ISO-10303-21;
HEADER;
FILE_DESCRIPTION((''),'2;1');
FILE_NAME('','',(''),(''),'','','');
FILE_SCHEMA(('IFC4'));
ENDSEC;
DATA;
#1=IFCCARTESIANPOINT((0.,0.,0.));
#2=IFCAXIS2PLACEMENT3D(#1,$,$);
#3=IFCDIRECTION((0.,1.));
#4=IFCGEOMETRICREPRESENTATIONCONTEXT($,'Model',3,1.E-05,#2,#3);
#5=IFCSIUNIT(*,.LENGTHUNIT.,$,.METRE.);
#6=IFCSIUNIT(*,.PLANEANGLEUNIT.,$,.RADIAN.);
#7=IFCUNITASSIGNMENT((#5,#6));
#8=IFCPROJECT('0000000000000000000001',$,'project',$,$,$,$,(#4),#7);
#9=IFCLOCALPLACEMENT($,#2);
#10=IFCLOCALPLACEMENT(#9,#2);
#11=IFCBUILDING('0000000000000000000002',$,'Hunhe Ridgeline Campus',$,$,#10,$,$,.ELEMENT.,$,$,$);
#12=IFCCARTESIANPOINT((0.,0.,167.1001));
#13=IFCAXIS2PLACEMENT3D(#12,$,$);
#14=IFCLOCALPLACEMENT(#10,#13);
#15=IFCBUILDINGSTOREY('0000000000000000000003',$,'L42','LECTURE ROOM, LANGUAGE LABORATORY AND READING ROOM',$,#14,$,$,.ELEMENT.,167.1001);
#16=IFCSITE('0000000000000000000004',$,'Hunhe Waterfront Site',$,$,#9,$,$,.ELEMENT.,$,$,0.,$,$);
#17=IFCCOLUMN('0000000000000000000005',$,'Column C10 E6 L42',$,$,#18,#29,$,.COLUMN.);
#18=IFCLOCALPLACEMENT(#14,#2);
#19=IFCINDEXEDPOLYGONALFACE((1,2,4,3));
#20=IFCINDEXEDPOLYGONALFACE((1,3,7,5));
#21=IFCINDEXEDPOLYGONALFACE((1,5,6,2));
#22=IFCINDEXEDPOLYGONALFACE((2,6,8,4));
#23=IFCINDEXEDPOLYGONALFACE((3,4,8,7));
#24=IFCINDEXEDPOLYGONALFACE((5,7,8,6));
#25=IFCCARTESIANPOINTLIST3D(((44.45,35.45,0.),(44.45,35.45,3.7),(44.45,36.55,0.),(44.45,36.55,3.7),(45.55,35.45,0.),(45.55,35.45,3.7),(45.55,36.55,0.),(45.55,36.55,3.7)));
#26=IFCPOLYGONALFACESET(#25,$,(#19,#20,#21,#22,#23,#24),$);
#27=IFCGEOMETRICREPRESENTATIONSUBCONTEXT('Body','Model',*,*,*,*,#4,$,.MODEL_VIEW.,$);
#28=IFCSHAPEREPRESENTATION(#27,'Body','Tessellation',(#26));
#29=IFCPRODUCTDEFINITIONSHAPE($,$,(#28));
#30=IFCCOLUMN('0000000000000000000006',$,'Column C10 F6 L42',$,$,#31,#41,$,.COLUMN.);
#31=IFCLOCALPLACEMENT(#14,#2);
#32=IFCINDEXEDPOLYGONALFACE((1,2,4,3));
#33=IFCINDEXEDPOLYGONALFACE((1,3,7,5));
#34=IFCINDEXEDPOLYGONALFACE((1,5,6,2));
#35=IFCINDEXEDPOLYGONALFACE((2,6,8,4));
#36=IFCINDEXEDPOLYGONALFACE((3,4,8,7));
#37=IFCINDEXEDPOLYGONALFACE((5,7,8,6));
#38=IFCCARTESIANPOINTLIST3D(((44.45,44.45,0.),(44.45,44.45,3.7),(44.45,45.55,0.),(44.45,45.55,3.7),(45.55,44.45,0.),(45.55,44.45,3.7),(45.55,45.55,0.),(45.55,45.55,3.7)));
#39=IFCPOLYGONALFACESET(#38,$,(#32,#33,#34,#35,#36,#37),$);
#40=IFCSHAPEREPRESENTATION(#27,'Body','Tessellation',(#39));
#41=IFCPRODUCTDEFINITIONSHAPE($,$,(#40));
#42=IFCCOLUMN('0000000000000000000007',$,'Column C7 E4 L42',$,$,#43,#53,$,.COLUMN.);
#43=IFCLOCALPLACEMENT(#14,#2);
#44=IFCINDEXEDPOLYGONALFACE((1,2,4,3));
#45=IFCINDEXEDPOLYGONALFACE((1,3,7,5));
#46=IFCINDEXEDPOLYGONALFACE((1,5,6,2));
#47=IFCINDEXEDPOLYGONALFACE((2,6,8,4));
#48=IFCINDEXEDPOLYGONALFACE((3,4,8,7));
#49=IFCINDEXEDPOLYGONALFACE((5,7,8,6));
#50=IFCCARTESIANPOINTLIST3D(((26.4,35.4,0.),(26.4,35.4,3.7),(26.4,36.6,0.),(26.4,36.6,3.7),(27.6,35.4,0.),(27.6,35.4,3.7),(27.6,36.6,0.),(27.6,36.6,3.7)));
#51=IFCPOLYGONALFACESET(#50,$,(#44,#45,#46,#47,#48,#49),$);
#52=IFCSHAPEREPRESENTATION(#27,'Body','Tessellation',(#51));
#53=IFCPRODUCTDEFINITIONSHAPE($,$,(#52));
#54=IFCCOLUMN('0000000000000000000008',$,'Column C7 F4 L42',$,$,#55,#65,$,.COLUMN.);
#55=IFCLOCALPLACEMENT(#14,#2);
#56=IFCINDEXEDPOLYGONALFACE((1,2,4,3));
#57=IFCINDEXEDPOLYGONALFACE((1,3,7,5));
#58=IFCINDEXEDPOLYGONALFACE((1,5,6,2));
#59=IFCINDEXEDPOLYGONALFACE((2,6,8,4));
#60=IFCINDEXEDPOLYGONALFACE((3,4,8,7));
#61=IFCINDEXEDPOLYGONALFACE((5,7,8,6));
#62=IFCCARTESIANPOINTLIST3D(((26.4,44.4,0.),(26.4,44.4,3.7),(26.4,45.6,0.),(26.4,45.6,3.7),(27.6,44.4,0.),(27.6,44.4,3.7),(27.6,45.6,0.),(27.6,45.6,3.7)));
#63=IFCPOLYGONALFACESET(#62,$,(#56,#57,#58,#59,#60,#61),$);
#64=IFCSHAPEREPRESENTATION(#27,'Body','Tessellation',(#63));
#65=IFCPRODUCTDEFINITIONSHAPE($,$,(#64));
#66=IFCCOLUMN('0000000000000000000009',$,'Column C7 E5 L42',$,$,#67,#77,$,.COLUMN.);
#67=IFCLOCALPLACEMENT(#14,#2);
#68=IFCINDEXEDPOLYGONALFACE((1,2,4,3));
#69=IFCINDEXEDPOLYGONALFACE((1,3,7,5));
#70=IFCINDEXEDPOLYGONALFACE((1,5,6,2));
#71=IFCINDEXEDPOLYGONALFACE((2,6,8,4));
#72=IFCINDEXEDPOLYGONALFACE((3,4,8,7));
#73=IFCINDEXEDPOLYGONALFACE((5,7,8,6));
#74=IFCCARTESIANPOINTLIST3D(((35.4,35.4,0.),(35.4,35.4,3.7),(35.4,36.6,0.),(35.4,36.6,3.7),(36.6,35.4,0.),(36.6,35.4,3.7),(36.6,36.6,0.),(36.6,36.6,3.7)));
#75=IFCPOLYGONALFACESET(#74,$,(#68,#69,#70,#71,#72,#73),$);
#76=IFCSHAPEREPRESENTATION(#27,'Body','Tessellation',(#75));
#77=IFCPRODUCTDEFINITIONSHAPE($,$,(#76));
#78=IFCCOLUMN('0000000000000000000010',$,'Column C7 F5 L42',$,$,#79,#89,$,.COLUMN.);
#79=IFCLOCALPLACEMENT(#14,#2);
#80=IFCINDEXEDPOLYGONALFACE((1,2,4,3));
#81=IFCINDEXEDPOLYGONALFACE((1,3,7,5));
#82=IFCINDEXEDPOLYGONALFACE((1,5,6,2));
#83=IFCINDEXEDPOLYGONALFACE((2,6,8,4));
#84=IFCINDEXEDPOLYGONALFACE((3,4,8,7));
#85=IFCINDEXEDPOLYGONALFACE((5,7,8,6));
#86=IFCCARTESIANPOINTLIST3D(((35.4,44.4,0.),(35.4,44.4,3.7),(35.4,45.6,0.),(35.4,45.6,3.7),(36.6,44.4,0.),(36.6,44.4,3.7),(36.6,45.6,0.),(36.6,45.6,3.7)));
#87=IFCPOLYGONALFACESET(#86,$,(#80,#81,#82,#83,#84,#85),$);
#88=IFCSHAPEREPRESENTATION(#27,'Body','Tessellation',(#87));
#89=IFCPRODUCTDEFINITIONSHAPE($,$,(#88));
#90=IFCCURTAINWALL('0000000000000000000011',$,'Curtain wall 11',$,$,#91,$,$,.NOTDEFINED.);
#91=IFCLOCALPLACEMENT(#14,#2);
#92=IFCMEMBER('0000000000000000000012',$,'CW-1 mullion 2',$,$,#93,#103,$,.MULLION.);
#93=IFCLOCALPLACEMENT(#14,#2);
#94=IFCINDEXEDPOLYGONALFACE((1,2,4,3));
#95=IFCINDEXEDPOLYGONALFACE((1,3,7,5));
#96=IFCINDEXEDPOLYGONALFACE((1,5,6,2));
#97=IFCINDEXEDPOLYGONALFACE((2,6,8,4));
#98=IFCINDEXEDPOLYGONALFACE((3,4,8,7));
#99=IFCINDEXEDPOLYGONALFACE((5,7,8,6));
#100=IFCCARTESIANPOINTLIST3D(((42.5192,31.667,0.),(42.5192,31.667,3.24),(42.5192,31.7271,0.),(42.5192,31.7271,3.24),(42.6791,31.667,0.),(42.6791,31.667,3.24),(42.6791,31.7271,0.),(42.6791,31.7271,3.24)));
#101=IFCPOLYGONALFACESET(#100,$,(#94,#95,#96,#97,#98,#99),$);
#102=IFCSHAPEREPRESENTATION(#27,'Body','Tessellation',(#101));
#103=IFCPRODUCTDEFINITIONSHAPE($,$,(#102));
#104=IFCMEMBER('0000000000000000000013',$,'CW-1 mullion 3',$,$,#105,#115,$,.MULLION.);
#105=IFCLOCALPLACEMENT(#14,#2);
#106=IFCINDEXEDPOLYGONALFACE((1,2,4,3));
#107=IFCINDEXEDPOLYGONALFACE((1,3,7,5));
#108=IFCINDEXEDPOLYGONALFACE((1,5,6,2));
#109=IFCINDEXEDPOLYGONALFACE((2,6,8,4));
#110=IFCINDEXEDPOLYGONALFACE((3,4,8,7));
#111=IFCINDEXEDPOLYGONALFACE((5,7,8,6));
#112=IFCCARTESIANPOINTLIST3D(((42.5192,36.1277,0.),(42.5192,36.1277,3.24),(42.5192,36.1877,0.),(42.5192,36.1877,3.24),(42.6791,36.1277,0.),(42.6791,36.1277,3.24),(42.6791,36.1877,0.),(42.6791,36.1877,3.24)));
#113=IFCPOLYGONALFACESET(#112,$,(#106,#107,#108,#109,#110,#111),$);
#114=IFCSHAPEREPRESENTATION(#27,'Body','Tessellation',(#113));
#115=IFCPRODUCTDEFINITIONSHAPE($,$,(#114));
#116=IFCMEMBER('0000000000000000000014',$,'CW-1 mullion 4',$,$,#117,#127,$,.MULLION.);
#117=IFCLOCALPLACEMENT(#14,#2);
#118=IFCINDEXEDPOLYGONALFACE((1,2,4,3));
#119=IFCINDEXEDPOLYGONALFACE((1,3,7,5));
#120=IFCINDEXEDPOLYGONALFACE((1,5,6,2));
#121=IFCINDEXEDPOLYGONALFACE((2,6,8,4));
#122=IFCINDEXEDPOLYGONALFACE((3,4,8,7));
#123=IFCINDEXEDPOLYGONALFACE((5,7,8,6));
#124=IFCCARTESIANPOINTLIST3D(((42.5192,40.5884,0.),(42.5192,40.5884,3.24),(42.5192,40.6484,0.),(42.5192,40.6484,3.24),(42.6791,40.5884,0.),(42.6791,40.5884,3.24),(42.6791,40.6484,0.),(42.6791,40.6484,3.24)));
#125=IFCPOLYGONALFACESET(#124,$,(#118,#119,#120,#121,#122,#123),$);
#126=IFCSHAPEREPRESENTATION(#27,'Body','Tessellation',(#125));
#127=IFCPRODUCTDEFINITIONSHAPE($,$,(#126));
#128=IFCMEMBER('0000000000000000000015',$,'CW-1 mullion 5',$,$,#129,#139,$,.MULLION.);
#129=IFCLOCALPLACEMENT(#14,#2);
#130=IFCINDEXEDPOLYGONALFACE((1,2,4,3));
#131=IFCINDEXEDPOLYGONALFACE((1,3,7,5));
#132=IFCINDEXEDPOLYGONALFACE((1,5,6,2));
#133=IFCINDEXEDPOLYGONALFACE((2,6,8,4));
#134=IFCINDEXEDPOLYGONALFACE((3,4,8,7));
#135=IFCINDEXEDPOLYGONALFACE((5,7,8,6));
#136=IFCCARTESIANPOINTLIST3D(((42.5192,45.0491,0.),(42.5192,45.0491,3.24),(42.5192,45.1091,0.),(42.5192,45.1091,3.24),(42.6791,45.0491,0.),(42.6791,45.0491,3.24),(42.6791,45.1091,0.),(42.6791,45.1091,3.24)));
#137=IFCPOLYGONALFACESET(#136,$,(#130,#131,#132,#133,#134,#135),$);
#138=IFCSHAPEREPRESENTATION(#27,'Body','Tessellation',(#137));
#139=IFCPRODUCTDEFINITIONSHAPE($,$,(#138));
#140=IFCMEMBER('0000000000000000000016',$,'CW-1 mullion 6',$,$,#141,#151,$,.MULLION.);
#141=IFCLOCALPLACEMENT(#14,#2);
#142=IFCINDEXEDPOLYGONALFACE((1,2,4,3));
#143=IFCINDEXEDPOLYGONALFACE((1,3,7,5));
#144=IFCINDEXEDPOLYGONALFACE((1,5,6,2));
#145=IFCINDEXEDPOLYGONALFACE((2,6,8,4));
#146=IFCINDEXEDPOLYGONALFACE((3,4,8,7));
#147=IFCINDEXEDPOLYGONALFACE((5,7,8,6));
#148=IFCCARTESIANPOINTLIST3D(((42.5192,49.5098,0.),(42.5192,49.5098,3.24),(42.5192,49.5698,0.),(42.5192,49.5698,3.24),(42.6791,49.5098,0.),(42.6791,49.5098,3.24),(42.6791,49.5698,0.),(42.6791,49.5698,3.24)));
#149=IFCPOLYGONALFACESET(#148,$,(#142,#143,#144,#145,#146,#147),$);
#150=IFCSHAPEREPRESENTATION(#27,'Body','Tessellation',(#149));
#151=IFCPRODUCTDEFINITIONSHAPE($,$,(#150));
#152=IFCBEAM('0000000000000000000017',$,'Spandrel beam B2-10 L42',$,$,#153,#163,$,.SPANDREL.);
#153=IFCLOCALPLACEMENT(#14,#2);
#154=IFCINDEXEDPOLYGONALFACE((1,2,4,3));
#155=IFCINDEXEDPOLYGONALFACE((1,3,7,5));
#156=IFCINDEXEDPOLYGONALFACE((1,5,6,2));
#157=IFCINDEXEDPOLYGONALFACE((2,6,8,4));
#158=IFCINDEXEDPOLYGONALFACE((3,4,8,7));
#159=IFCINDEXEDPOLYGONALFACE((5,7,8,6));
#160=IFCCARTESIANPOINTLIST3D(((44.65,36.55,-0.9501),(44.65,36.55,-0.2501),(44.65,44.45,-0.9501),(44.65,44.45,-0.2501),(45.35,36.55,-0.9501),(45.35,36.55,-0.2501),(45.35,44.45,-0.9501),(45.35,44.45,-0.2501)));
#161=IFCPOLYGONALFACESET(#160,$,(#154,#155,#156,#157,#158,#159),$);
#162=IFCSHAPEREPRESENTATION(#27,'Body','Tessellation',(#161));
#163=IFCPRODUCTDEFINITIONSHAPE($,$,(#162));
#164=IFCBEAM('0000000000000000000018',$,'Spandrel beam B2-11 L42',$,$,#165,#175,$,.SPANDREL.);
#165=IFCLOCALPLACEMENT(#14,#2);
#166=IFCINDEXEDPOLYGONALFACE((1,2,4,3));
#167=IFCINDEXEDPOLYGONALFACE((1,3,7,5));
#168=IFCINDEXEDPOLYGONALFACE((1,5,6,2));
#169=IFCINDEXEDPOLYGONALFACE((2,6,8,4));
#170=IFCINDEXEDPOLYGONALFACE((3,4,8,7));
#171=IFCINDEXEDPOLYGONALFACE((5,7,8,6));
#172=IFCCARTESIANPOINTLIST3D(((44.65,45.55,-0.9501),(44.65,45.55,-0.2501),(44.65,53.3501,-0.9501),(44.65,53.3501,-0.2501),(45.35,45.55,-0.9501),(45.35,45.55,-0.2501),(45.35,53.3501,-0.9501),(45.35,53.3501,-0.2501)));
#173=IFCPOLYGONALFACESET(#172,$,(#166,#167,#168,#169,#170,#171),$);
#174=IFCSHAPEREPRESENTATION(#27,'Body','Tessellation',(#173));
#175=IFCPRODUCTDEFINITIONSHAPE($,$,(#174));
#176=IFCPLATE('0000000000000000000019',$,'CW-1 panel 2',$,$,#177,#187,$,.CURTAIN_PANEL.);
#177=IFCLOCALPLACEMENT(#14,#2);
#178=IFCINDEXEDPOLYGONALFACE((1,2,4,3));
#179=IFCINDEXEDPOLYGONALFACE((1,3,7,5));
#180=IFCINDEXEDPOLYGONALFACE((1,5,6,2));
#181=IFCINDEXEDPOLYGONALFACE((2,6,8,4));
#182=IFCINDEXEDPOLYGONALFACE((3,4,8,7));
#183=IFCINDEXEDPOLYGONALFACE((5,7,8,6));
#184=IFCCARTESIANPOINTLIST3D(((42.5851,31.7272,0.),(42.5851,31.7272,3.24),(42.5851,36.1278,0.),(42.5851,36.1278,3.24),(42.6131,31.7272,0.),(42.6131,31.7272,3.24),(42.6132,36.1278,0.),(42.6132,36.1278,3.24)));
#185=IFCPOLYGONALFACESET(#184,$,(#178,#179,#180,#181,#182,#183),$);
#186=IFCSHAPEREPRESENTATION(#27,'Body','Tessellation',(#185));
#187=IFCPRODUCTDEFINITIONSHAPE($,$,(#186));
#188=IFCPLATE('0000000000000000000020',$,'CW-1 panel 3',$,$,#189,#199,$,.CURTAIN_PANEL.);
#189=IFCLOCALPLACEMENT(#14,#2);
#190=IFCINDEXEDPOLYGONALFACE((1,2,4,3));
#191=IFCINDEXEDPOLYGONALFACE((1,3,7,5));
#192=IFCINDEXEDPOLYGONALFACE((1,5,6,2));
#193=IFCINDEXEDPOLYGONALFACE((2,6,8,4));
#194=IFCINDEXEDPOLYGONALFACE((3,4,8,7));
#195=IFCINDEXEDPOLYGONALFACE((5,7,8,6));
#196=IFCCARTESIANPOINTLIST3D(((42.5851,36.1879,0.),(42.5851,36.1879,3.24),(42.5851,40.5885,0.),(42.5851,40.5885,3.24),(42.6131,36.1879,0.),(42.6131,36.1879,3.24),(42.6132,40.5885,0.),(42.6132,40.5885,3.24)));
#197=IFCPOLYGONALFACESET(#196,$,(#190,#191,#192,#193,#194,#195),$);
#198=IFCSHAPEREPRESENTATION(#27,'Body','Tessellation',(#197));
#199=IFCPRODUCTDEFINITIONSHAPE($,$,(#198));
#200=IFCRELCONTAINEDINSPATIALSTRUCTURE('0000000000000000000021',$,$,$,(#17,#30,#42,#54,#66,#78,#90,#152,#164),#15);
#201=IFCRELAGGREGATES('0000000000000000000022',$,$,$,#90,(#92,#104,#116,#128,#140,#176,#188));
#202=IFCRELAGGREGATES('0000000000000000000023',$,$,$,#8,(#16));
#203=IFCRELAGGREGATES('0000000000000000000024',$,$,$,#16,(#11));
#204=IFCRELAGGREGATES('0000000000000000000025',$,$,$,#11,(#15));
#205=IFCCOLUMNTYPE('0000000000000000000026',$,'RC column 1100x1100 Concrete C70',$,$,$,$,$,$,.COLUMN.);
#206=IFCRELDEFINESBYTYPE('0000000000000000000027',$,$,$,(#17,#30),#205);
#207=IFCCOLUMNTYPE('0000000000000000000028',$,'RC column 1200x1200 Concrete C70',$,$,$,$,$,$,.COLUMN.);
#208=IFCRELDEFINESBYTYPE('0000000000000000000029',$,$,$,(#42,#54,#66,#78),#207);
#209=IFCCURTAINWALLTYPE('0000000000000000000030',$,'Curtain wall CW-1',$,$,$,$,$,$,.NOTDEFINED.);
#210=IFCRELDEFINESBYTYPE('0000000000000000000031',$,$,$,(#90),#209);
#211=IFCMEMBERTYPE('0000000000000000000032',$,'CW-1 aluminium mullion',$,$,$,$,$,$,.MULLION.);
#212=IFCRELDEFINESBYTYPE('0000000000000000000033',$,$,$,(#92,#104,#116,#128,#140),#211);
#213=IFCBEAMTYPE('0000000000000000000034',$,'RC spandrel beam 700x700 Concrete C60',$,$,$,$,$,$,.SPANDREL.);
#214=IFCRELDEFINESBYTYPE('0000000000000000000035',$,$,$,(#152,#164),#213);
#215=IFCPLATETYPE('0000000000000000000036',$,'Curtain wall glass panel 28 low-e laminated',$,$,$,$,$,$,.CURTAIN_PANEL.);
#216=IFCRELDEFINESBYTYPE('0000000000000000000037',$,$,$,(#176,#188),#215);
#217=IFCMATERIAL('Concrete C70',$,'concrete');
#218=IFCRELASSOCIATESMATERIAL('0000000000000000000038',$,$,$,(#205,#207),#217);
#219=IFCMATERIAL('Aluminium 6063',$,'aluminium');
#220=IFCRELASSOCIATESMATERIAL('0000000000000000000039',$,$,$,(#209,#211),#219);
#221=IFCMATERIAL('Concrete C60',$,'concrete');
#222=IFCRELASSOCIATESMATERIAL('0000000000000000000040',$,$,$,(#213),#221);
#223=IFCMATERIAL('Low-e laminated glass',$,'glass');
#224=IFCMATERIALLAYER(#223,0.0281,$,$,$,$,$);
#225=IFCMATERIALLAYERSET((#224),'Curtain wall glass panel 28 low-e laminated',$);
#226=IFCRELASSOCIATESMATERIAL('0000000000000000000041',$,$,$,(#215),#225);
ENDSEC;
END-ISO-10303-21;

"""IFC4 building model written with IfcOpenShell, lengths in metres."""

from ifc_helpers import new_model, si_unit, direction, frame, origin, origin_2d, place, context, subcontext, project, spatial, rectangle, extrude, material, layer, layer_set, material_profile, profile_set, type_object, element, aggregate, save


model = new_model("IFC4")

# Units and contexts
model_context = context("Model", 3, precision=1e-05, world=origin(), true_north=direction((0.0, 1.0)))
body_context = subcontext(model_context, "Body", "Model", "MODEL_VIEW")
ifc_project = project(units=[si_unit("LENGTHUNIT", "METRE"), si_unit("PLANEANGLEUNIT", "RADIAN")], contexts=[model_context])

# Site, building, storey
site_placement = place(None, origin())
site = spatial("IfcSite", under=ifc_project, at=site_placement, Name="Hunhe Waterfront Site", CompositionType="ELEMENT", RefElevation=0.0)
building_placement = place(site_placement, origin())
building = spatial("IfcBuilding", under=site, at=building_placement, Name="Hunhe Ridgeline Campus", CompositionType="ELEMENT")
storey_placement = place(building_placement, frame((0.0, 0.0, 167.1001)))
storey = spatial("IfcBuildingStorey", under=building, at=storey_placement, Name="L42", Description="LECTURE ROOM, LANGUAGE LABORATORY AND READING ROOM", CompositionType="ELEMENT", Elevation=167.1001)

# Columns
ifc_material_1 = material(Name="Concrete C70", Category="concrete")
ifc_material_profile_1 = material_profile(ifc_material_1, rectangle(XDim=1.1001, YDim=1.1001, at=origin_2d()))
ifc_profile_set_1 = profile_set([ifc_material_profile_1], Name="Concrete C70")
column_type_1 = type_object("IfcColumnType", Name="RC column 1100x1100 Concrete C70", PredefinedType="COLUMN", material=ifc_profile_set_1)
for number, where, z_axis, x_axis, name in (
    (1, (45.0, 36.0, 0.0), (0.0, 0.0, 1.0), (1.0, 0.0, 0.0), "Column C10 E6 L42"),
    (2, (45.0, 45.0, 0.0), (0.0, 0.0, 1.0), (1.0, 0.0, 0.0), "Column C10 F6 L42"),
):
    element("IfcColumn", number, at=place(storey_placement, frame(where, z_axis=z_axis, x_axis=x_axis)), inside=storey, type_object=column_type_1, Name=name, PredefinedType="COLUMN", context=body_context, shape_type="SweptSolid", body=[
        extrude(rectangle(XDim=1.1001, YDim=1.1001, at=origin_2d()), origin(), (0.0, 0.0, 1.0), 3.7),
    ])
ifc_material_profile_2 = material_profile(ifc_material_1, rectangle(XDim=1.2, YDim=1.2, at=origin_2d()))
ifc_profile_set_2 = profile_set([ifc_material_profile_2], Name="Concrete C70")
column_type_2 = type_object("IfcColumnType", Name="RC column 1200x1200 Concrete C70", PredefinedType="COLUMN", material=ifc_profile_set_2)
for number, where, z_axis, x_axis, name in (
    (3, (27.0, 36.0, 0.0), (0.0, 0.0, 1.0), (1.0, 0.0, 0.0), "Column C7 E4 L42"),
    (4, (27.0, 45.0, 0.0), (0.0, 0.0, 1.0), (1.0, 0.0, 0.0), "Column C7 F4 L42"),
    (5, (36.0, 36.0, 0.0), (0.0, 0.0, 1.0), (1.0, 0.0, 0.0), "Column C7 E5 L42"),
    (6, (36.0, 45.0, 0.0), (0.0, 0.0, 1.0), (1.0, 0.0, 0.0), "Column C7 F5 L42"),
):
    element("IfcColumn", number, at=place(storey_placement, frame(where, z_axis=z_axis, x_axis=x_axis)), inside=storey, type_object=column_type_2, Name=name, PredefinedType="COLUMN", context=body_context, shape_type="SweptSolid", body=[
        extrude(rectangle(XDim=1.2, YDim=1.2, at=origin_2d()), origin(), (0.0, 0.0, 1.0), 3.7),
    ])

# Curtain wall, members
ifc_material_2 = material(Name="Aluminium 6063", Category="aluminium")
curtain_wall_type = type_object("IfcCurtainWallType", Name="Curtain wall CW-1", PredefinedType="NOTDEFINED", material=ifc_material_2)
curtain_wall_placement = place(storey_placement, origin())
curtain_wall = element("IfcCurtainWall", 7, at=curtain_wall_placement, inside=storey, type_object=curtain_wall_type, Name="Curtain wall 11", PredefinedType="NOTDEFINED")
ifc_material_profile_3 = material_profile(ifc_material_2, rectangle(XDim=0.1599, YDim=0.0601, at=origin_2d()))
ifc_profile_set_3 = profile_set([ifc_material_profile_3], Name="Aluminium 6063")
member_type = type_object("IfcMemberType", Name="CW-1 aluminium mullion", PredefinedType="MULLION", material=ifc_profile_set_3)
member_1_placement = place(storey_placement, frame((42.5991, 31.697, 0.0), z_axis=(0.0, 0.0, 1.0), x_axis=(-1.0, 0.000004, 0.0)))
member_1 = element("IfcMember", 8, at=member_1_placement, type_object=member_type, Name="CW-1 mullion 2", PredefinedType="MULLION", context=body_context, shape_type="SweptSolid", body=[
    extrude(rectangle(XDim=0.1599, YDim=0.0601, at=origin_2d()), origin(), (0.0, 0.0, 1.0), 3.24),
])
member_2_placement = place(storey_placement, frame((42.5991, 36.1577, 0.0), z_axis=(0.0, 0.0, 1.0), x_axis=(-1.0, 0.000004, 0.0)))
member_2 = element("IfcMember", 9, at=member_2_placement, type_object=member_type, Name="CW-1 mullion 3", PredefinedType="MULLION", context=body_context, shape_type="SweptSolid", body=[
    extrude(rectangle(XDim=0.1599, YDim=0.0601, at=origin_2d()), origin(), (0.0, 0.0, 1.0), 3.24),
])
member_3_placement = place(storey_placement, frame((42.5991, 40.6184, 0.0), z_axis=(0.0, 0.0, 1.0), x_axis=(-1.0, 0.000004, 0.0)))
member_3 = element("IfcMember", 10, at=member_3_placement, type_object=member_type, Name="CW-1 mullion 4", PredefinedType="MULLION", context=body_context, shape_type="SweptSolid", body=[
    extrude(rectangle(XDim=0.1599, YDim=0.0601, at=origin_2d()), origin(), (0.0, 0.0, 1.0), 3.24),
])
member_4_placement = place(storey_placement, frame((42.5991, 45.0791, 0.0), z_axis=(0.0, 0.0, 1.0), x_axis=(-1.0, 0.000004, 0.0)))
member_4 = element("IfcMember", 11, at=member_4_placement, type_object=member_type, Name="CW-1 mullion 5", PredefinedType="MULLION", context=body_context, shape_type="SweptSolid", body=[
    extrude(rectangle(XDim=0.1599, YDim=0.0601, at=origin_2d()), origin(), (0.0, 0.0, 1.0), 3.24),
])
member_5_placement = place(storey_placement, frame((42.5991, 49.5398, 0.0), z_axis=(0.0, 0.0, 1.0), x_axis=(-1.0, 0.000004, 0.0)))
member_5 = element("IfcMember", 12, at=member_5_placement, type_object=member_type, Name="CW-1 mullion 6", PredefinedType="MULLION", context=body_context, shape_type="SweptSolid", body=[
    extrude(rectangle(XDim=0.1599, YDim=0.0601, at=origin_2d()), origin(), (0.0, 0.0, 1.0), 3.24),
])

# Beams
ifc_material_3 = material(Name="Concrete C60", Category="concrete")
ifc_material_profile_4 = material_profile(ifc_material_3, rectangle(XDim=0.7, YDim=0.7, at=origin_2d()))
ifc_profile_set_4 = profile_set([ifc_material_profile_4], Name="Concrete C60")
beam_type = type_object("IfcBeamType", Name="RC spandrel beam 700x700 Concrete C60", PredefinedType="SPANDREL", material=ifc_profile_set_4)
beam_1_placement = place(storey_placement, frame((45.0, 36.55, -0.6001), z_axis=(0.0, 1.0, 0.0), x_axis=(-1.0, 0.0, 0.0)))
element("IfcBeam", 13, at=beam_1_placement, inside=storey, type_object=beam_type, Name="Spandrel beam B2-10 L42", PredefinedType="SPANDREL", context=body_context, shape_type="SweptSolid", body=[
    extrude(rectangle(XDim=0.7, YDim=0.7, at=origin_2d()), origin(), (0.0, 0.0, 1.0), 7.8999),
])
beam_2_placement = place(storey_placement, frame((45.0, 45.55, -0.6001), z_axis=(0.0, 1.0, 0.0), x_axis=(-1.0, 0.0, 0.0)))
element("IfcBeam", 14, at=beam_2_placement, inside=storey, type_object=beam_type, Name="Spandrel beam B2-11 L42", PredefinedType="SPANDREL", context=body_context, shape_type="SweptSolid", body=[
    extrude(rectangle(XDim=0.7, YDim=0.7, at=origin_2d()), origin(), (0.0, 0.0, 1.0), 7.8),
])

# Plates
ifc_material_4 = material(Name="Low-e laminated glass", Category="glass")
ifc_layer_1 = layer(ifc_material_4, 0.0281)
ifc_layer_set_1 = layer_set([ifc_layer_1], Name="Curtain wall glass panel 28 low-e laminated")
plate_type = type_object("IfcPlateType", Name="Curtain wall glass panel 28 low-e laminated", PredefinedType="CURTAIN_PANEL", material=ifc_layer_set_1)
plate_1_placement = place(storey_placement, frame((42.5991, 33.9275, 0.0), z_axis=(0.0, 0.0, 1.0), x_axis=(0.000004, 1.0, 0.0)))
plate_1 = element("IfcPlate", 15, at=plate_1_placement, type_object=plate_type, Name="CW-1 panel 2", PredefinedType="CURTAIN_PANEL", context=body_context, shape_type="SweptSolid", body=[
    extrude(rectangle(XDim=4.4006, YDim=0.0281, at=origin_2d()), origin(), (0.0, 0.0, 1.0), 3.24),
])
plate_2_placement = place(storey_placement, frame((42.5991, 38.3882, 0.0), z_axis=(0.0, 0.0, 1.0), x_axis=(0.000004, 1.0, 0.0)))
plate_2 = element("IfcPlate", 16, at=plate_2_placement, type_object=plate_type, Name="CW-1 panel 3", PredefinedType="CURTAIN_PANEL", context=body_context, shape_type="SweptSolid", body=[
    extrude(rectangle(XDim=4.4006, YDim=0.0281, at=origin_2d()), origin(), (0.0, 0.0, 1.0), 3.24),
])
aggregate(curtain_wall, [member_1, member_2, member_3, member_4, member_5, plate_1, plate_2])

save(model, "model.ifc")
